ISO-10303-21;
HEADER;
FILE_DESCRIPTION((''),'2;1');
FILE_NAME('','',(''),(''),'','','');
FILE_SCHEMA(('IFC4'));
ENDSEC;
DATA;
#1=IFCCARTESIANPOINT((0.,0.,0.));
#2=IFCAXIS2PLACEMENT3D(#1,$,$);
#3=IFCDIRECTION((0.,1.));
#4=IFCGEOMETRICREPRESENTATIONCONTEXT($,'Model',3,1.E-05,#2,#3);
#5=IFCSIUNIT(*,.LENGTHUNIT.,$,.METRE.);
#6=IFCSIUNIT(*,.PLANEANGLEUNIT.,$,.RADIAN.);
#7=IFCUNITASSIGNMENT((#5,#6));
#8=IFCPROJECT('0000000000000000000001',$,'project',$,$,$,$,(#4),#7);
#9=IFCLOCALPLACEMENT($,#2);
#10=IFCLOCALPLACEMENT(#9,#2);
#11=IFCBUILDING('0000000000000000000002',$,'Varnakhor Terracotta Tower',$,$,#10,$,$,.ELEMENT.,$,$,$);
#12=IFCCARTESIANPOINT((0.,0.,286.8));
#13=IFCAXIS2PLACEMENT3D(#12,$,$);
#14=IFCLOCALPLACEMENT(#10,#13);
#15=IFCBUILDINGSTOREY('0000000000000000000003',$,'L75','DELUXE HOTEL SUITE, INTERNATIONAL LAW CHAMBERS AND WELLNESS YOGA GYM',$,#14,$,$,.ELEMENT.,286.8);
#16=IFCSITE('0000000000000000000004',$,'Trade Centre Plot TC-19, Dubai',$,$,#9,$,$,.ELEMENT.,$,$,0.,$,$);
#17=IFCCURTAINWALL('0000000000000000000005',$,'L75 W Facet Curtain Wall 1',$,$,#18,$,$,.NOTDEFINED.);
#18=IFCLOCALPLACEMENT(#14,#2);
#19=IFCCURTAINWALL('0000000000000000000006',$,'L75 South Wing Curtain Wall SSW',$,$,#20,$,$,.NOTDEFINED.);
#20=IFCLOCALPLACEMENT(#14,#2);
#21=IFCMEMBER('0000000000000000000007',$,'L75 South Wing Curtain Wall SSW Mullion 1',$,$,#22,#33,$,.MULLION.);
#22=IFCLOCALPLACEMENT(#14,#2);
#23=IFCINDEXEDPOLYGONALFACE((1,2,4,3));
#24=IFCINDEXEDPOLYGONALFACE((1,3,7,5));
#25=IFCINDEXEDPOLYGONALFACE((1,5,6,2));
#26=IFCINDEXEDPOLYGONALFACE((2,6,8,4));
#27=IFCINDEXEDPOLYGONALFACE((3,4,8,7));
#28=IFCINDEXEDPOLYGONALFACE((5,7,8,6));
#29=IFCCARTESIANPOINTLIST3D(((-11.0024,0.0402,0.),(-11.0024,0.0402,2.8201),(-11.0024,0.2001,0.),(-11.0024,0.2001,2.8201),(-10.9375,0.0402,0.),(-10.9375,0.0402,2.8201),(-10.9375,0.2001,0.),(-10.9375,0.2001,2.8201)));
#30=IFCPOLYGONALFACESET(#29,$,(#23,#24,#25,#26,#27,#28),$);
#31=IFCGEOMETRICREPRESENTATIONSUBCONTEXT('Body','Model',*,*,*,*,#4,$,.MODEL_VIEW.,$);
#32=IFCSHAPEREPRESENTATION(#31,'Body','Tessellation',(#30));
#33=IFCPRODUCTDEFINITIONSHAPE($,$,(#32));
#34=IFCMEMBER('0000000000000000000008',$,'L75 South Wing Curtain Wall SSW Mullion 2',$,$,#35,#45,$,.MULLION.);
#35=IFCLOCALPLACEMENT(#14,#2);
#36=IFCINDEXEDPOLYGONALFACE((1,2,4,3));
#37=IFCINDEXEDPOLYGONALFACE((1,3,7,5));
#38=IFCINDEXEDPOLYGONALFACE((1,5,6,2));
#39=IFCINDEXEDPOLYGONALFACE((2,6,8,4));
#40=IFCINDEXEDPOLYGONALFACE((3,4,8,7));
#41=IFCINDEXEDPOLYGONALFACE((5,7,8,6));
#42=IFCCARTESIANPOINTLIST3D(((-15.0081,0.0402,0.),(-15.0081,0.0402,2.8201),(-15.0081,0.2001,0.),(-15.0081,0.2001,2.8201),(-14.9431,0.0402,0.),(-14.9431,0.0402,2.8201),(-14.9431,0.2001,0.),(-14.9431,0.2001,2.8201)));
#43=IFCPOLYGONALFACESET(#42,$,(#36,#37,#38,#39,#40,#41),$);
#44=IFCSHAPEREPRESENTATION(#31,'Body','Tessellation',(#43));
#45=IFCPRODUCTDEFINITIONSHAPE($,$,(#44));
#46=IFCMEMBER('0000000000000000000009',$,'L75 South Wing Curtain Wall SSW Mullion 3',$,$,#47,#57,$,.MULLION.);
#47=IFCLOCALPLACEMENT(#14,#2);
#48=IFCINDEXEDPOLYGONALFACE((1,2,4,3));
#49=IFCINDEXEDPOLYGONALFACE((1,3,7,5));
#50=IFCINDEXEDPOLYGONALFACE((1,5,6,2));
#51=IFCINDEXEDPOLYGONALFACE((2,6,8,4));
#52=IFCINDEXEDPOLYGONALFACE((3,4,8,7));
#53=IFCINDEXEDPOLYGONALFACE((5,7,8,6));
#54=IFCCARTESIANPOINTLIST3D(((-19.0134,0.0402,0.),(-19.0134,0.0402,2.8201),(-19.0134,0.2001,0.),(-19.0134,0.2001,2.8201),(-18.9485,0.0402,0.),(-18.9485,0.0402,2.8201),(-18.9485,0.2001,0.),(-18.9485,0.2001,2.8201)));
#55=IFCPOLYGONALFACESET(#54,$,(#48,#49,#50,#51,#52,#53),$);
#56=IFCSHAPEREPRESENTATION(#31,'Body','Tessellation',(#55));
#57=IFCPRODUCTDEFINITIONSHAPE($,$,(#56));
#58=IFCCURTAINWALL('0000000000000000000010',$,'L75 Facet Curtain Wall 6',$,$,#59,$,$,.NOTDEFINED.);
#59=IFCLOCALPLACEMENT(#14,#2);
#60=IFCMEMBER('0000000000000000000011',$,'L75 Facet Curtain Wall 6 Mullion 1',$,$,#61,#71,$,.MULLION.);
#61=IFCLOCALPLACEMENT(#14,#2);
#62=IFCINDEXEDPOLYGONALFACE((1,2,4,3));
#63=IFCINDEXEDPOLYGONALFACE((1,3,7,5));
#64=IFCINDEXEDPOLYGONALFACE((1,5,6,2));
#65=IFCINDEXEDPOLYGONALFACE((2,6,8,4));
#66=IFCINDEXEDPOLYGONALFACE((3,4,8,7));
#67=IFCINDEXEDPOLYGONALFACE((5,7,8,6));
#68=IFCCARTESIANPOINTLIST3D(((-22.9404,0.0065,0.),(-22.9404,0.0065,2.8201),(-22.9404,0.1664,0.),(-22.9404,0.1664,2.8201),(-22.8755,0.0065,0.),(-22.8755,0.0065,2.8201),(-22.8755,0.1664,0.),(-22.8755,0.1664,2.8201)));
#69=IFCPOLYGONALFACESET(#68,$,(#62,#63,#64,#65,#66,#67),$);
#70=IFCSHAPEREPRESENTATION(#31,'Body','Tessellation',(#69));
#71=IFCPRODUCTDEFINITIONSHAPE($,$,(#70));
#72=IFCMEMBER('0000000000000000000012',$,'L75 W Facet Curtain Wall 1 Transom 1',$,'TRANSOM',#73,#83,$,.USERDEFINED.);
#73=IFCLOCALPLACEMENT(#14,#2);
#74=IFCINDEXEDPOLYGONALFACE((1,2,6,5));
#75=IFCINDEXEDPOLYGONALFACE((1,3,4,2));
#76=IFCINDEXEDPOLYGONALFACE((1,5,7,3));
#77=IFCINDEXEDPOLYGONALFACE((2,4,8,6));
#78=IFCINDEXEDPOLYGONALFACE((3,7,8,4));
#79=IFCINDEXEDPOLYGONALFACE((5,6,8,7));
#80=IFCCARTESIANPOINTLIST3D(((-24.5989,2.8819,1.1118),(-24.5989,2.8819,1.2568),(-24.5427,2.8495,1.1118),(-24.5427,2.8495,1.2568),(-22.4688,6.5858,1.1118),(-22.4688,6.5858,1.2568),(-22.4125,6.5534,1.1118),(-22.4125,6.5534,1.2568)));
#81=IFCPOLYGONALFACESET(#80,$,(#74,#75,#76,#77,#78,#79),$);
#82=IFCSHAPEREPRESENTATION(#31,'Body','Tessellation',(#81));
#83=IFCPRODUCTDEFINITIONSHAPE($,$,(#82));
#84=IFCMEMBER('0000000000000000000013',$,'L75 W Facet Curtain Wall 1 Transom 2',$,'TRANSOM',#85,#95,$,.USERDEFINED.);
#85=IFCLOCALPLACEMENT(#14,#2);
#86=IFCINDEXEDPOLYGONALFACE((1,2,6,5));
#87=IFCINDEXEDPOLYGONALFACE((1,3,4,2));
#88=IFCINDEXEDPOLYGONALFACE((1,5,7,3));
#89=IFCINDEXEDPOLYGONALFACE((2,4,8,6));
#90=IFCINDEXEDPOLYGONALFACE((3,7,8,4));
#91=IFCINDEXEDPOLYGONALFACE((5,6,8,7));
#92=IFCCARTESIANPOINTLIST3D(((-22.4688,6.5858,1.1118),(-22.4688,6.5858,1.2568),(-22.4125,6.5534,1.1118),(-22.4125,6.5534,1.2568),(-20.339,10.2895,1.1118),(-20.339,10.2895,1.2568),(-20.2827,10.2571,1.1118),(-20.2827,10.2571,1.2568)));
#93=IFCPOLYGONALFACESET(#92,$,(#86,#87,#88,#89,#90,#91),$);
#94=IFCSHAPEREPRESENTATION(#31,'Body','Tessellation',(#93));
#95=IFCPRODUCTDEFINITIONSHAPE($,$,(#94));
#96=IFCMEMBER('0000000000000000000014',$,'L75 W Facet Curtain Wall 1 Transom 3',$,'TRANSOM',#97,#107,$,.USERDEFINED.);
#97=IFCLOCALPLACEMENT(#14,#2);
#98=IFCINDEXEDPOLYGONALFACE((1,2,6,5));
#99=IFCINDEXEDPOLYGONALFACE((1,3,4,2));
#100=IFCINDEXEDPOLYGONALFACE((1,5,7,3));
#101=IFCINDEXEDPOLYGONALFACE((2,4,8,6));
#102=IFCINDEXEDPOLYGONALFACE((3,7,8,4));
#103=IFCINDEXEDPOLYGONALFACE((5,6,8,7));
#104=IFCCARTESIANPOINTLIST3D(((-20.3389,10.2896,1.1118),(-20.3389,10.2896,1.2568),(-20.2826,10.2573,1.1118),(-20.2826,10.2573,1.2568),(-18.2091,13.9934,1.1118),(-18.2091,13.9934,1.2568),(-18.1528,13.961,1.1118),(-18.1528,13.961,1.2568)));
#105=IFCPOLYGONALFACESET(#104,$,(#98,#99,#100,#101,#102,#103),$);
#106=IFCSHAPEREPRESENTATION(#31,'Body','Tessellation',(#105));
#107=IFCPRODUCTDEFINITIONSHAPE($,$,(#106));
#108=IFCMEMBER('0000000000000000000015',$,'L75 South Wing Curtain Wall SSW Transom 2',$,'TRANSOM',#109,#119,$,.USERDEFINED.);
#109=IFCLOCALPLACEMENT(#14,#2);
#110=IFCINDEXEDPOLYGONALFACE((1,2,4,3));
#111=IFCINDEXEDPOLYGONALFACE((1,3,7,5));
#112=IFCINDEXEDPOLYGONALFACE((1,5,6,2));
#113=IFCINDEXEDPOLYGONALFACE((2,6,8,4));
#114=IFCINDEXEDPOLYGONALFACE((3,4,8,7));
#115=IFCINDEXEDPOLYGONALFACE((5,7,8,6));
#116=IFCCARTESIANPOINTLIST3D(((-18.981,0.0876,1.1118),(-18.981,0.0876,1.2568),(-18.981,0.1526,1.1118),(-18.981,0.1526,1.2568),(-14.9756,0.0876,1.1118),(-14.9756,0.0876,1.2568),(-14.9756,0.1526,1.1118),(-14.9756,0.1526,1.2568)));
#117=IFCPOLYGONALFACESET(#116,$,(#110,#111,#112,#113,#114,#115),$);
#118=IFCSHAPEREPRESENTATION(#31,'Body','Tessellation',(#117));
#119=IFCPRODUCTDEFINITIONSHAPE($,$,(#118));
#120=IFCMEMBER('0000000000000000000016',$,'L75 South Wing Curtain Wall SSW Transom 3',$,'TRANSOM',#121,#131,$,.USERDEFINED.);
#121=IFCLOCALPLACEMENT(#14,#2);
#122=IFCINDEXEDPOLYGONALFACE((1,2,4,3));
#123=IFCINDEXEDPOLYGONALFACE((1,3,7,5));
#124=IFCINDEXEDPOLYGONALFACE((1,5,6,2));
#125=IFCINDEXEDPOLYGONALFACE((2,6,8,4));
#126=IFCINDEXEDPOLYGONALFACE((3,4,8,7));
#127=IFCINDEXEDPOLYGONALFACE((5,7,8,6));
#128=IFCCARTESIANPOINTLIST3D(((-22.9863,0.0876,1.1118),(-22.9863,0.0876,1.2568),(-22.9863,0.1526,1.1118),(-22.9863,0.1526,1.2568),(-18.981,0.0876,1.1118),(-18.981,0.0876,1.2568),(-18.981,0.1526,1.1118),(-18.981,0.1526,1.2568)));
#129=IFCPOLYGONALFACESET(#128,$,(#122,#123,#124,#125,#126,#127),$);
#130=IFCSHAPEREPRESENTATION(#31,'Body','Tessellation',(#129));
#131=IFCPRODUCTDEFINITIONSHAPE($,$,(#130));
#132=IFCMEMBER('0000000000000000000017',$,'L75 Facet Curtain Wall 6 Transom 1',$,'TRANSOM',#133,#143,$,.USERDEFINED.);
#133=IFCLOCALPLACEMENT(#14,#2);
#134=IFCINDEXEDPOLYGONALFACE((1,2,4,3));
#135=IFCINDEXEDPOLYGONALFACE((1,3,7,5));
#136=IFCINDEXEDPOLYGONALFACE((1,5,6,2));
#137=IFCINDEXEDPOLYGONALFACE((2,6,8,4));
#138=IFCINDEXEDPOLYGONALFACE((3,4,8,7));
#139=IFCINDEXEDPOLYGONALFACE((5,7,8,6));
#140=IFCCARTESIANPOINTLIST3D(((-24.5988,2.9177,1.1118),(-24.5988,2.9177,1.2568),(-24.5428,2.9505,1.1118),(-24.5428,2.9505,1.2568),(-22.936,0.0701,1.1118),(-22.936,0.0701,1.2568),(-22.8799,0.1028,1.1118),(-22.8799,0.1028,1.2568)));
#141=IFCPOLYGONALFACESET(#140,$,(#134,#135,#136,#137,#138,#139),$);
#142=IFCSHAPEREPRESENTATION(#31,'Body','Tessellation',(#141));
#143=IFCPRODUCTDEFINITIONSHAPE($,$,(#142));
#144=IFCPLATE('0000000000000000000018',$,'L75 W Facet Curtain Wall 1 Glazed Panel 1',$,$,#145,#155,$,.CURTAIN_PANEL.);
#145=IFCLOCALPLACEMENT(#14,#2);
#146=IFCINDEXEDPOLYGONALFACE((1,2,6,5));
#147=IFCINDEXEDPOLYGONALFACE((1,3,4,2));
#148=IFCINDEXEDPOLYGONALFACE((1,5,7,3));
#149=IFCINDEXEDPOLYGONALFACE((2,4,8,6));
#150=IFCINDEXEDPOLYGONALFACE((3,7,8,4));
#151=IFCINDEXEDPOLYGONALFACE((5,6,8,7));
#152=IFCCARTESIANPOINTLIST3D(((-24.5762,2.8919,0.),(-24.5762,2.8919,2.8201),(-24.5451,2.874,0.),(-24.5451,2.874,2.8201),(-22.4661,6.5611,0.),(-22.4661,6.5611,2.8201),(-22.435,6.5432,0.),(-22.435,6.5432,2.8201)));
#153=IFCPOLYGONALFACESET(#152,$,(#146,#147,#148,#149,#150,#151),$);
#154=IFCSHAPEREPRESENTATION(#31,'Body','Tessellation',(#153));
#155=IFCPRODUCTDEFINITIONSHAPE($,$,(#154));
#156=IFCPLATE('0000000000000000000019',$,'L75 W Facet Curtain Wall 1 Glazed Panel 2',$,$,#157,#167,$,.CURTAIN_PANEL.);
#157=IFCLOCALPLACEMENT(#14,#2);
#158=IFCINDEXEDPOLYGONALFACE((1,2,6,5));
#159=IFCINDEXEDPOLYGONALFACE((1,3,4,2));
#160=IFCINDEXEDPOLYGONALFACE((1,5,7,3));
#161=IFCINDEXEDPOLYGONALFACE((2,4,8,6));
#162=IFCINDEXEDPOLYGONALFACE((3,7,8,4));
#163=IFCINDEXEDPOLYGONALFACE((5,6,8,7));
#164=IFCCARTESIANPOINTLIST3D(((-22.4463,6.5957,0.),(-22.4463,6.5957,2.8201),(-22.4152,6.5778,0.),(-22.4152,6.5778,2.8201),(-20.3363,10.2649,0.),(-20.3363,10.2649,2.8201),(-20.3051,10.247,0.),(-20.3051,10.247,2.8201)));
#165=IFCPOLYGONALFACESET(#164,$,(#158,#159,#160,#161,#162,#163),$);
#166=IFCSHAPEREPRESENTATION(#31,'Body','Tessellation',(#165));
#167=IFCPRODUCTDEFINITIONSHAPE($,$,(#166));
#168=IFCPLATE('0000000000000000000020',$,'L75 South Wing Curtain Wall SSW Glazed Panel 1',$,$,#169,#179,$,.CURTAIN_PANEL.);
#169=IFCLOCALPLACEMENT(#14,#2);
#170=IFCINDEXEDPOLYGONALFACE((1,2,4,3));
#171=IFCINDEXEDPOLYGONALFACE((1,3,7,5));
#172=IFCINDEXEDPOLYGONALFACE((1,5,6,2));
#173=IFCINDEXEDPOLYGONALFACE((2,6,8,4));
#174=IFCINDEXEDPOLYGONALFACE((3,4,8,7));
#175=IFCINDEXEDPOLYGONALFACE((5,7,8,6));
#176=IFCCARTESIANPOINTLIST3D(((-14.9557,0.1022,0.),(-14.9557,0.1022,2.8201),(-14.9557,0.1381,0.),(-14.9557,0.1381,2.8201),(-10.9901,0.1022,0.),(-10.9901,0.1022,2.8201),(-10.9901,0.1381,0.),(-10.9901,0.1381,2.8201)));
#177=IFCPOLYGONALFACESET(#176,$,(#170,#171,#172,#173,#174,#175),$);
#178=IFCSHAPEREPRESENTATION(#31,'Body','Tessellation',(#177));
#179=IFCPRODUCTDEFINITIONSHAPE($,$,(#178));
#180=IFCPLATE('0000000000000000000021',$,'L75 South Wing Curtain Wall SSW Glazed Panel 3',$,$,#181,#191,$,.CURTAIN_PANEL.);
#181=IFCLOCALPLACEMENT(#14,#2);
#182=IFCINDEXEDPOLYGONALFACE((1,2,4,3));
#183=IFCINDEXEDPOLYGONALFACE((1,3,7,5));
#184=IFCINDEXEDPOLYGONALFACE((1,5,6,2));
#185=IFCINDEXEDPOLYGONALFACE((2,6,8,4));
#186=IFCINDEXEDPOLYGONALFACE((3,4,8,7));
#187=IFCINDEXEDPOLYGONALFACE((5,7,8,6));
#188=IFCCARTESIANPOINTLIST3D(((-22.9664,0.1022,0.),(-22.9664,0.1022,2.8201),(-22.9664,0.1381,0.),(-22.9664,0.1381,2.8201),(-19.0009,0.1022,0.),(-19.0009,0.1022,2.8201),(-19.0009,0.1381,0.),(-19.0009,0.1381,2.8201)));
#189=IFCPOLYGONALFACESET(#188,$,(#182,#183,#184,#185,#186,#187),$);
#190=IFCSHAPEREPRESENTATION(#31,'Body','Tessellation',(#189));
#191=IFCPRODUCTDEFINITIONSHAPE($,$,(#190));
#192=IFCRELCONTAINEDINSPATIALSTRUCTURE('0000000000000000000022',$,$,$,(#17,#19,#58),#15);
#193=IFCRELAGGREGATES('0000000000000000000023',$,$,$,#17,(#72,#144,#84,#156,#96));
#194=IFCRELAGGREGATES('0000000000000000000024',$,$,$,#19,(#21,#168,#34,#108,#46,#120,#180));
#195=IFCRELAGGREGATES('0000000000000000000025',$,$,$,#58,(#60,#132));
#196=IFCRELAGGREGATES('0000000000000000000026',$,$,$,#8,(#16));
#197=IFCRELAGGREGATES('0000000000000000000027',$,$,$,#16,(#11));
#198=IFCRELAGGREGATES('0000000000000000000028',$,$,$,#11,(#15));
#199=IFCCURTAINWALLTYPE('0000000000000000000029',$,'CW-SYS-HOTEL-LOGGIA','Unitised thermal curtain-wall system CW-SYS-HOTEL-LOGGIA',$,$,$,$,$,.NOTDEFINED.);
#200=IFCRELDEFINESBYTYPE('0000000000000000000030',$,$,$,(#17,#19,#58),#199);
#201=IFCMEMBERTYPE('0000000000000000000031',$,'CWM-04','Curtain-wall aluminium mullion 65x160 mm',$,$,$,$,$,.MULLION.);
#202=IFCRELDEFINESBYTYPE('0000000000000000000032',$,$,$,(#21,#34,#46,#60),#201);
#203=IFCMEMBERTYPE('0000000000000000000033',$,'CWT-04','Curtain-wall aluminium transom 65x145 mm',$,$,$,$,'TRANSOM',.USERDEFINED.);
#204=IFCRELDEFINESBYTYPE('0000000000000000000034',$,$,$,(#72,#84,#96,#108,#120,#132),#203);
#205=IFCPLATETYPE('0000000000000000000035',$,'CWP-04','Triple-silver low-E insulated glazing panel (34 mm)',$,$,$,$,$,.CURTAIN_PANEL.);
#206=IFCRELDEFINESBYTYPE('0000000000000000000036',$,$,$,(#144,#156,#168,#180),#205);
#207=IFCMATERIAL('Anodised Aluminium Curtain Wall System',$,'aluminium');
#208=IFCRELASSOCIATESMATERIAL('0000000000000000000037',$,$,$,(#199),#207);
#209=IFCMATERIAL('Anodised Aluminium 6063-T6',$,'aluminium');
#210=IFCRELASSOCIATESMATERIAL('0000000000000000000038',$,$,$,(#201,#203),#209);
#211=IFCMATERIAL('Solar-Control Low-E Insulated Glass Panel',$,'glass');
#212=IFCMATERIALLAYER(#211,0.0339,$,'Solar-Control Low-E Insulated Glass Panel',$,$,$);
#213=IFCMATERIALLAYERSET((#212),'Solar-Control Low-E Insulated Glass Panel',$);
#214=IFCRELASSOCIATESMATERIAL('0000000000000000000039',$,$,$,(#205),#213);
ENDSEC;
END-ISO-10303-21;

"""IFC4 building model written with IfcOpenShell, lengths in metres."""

from ifc_helpers import new_model, si_unit, direction, frame, origin, origin_2d, place, context, subcontext, project, spatial, rectangle, extrude, source, transform, mapped, material, layer, layer_set, material_profile, profile_set, type_object, type_shapes, element, aggregate, save


model = new_model("IFC4")

# Units and contexts
model_context = context("Model", 3, precision=1e-05, world=origin(), true_north=direction((0.0, 1.0)))
body_context = subcontext(model_context, "Body", "Model", "MODEL_VIEW")
ifc_project = project(units=[si_unit("LENGTHUNIT", "METRE"), si_unit("PLANEANGLEUNIT", "RADIAN")], contexts=[model_context])

# Site, building, storey
site_placement = place(None, origin())
site = spatial("IfcSite", under=ifc_project, at=site_placement, Name="Trade Centre Plot TC-19, Dubai", CompositionType="ELEMENT", RefElevation=0.0)
building_placement = place(site_placement, origin())
building = spatial("IfcBuilding", under=site, at=building_placement, Name="Varnakhor Terracotta Tower", CompositionType="ELEMENT")
storey_placement = place(building_placement, frame((0.0, 0.0, 286.8)))
storey = spatial("IfcBuildingStorey", under=building, at=storey_placement, Name="L75", Description="DELUXE HOTEL SUITE, INTERNATIONAL LAW CHAMBERS AND WELLNESS YOGA GYM", CompositionType="ELEMENT", Elevation=286.8)

# Curtain walls, members
ifc_material_1 = material(Name="Anodised Aluminium Curtain Wall System", Category="aluminium")
curtain_wall_type = type_object("IfcCurtainWallType", Name="CW-SYS-HOTEL-LOGGIA", Description="Unitised thermal curtain-wall system CW-SYS-HOTEL-LOGGIA", PredefinedType="NOTDEFINED", material=ifc_material_1)
curtain_wall_1_placement = place(storey_placement, origin())
curtain_wall_1 = element("IfcCurtainWall", 1, at=curtain_wall_1_placement, inside=storey, type_object=curtain_wall_type, Name="L75 W Facet Curtain Wall 1", PredefinedType="NOTDEFINED")
ifc_material_2 = material(Name="Anodised Aluminium 6063-T6", Category="aluminium")
ifc_material_profile_1 = material_profile(ifc_material_2, rectangle(XDim=0.0649, YDim=0.1599, at=origin_2d()), Name="ALU MULLION 65x160")
ifc_profile_set_1 = profile_set([ifc_material_profile_1], Name="Anodised Aluminium 6063-T6")
member_type_1 = type_object("IfcMemberType", Name="CWM-04", Description="Curtain-wall aluminium mullion 65x160 mm", PredefinedType="MULLION", material=ifc_profile_set_1)
shared_shape_1 = source(origin(), body_context, "Body", "SweptSolid", [
    extrude(rectangle(XDim=0.0649, YDim=0.1599, at=origin_2d()), origin(), (0.0, 0.0, 1.0), 2.8201),
])
type_shapes(member_type_1, [shared_shape_1])
curtain_wall_2_placement = place(storey_placement, origin())
curtain_wall_2 = element("IfcCurtainWall", 2, at=curtain_wall_2_placement, inside=storey, type_object=curtain_wall_type, Name="L75 South Wing Curtain Wall SSW", PredefinedType="NOTDEFINED")
member_1_placement = place(storey_placement, frame((-10.97, 0.1201, 0.0), z_axis=(0.0, 0.0, 1.0), x_axis=(1.0, 0.0, 0.0)))
member_1 = element("IfcMember", 3, at=member_1_placement, type_object=member_type_1, Name="L75 South Wing Curtain Wall SSW Mullion 1", PredefinedType="MULLION", context=body_context, shape_type="MappedRepresentation", body=[
    mapped(shared_shape_1, transform((0.0, 0.0, 0.0), scale=1.0)),
])
member_2_placement = place(storey_placement, frame((-14.9756, 0.1201, 0.0), z_axis=(0.0, 0.0, 1.0), x_axis=(1.0, 0.0, 0.0)))
member_2 = element("IfcMember", 4, at=member_2_placement, type_object=member_type_1, Name="L75 South Wing Curtain Wall SSW Mullion 2", PredefinedType="MULLION", context=body_context, shape_type="MappedRepresentation", body=[
    mapped(shared_shape_1, transform((0.0, 0.0, 0.0), scale=1.0)),
])
member_3_placement = place(storey_placement, frame((-18.981, 0.1201, 0.0), z_axis=(0.0, 0.0, 1.0), x_axis=(1.0, 0.0, 0.0)))
member_3 = element("IfcMember", 5, at=member_3_placement, type_object=member_type_1, Name="L75 South Wing Curtain Wall SSW Mullion 3", PredefinedType="MULLION", context=body_context, shape_type="MappedRepresentation", body=[
    mapped(shared_shape_1, transform((0.0, 0.0, 0.0), scale=1.0)),
])

# Curtain wall, member
curtain_wall_3_placement = place(storey_placement, origin())
curtain_wall_3 = element("IfcCurtainWall", 6, at=curtain_wall_3_placement, inside=storey, type_object=curtain_wall_type, Name="L75 Facet Curtain Wall 6", PredefinedType="NOTDEFINED")
member_4_placement = place(storey_placement, frame((-22.908, 0.0864, 0.0), z_axis=(0.0, 0.0, 1.0), x_axis=(1.0, 0.0, 0.0)))
member_4 = element("IfcMember", 7, at=member_4_placement, type_object=member_type_1, Name="L75 Facet Curtain Wall 6 Mullion 1", PredefinedType="MULLION", context=body_context, shape_type="MappedRepresentation", body=[
    mapped(shared_shape_1, transform((0.0, 0.0, 0.0), scale=1.0)),
])

# Members
ifc_material_profile_2 = material_profile(ifc_material_2, rectangle(XDim=0.0649, YDim=0.145, at=origin_2d()), Name="ALU TRANSOM 65x145")
ifc_profile_set_2 = profile_set([ifc_material_profile_2], Name="Anodised Aluminium 6063-T6")
member_type_2 = type_object("IfcMemberType", Name="CWT-04", Description="Curtain-wall aluminium transom 65x145 mm", ElementType="TRANSOM", PredefinedType="USERDEFINED", material=ifc_profile_set_2)
shared_shape_2 = source(origin(), body_context, "Body", "SweptSolid", [
    extrude(rectangle(XDim=0.0649, YDim=0.145, at=origin_2d()), origin(), (0.0, 0.0, 1.0), 4.2727),
])
member_5_placement = place(storey_placement, frame((-24.5708, 2.8657, 1.1843), z_axis=(0.498543, 0.866865, 0.0), x_axis=(-0.866865, 0.498543, 0.0)))
member_5 = element("IfcMember", 8, at=member_5_placement, type_object=member_type_2, Name="L75 W Facet Curtain Wall 1 Transom 1", ObjectType="TRANSOM", PredefinedType="USERDEFINED", context=body_context, shape_type="MappedRepresentation", body=[
    mapped(shared_shape_2, transform((0.0, 0.0, 0.0), scale=1.0)),
])
shared_shape_3 = source(origin(), body_context, "Body", "SweptSolid", [
    extrude(rectangle(XDim=0.0649, YDim=0.145, at=origin_2d()), origin(), (0.0, 0.0, 1.0), 4.2725),
])
member_6_placement = place(storey_placement, frame((-22.4407, 6.5696, 1.1843), z_axis=(0.4985, 0.86689, 0.0), x_axis=(-0.86689, 0.4985, 0.0)))
member_6 = element("IfcMember", 9, at=member_6_placement, type_object=member_type_2, Name="L75 W Facet Curtain Wall 1 Transom 2", ObjectType="TRANSOM", PredefinedType="USERDEFINED", context=body_context, shape_type="MappedRepresentation", body=[
    mapped(shared_shape_3, transform((0.0, 0.0, 0.0), scale=1.0)),
])
member_7_placement = place(storey_placement, frame((-20.3108, 10.2734, 1.1843), z_axis=(0.4985, 0.86689, 0.0), x_axis=(-0.86689, 0.4985, 0.0)))
member_7 = element("IfcMember", 10, at=member_7_placement, type_object=member_type_2, Name="L75 W Facet Curtain Wall 1 Transom 3", ObjectType="TRANSOM", PredefinedType="USERDEFINED", context=body_context, shape_type="MappedRepresentation", body=[
    mapped(shared_shape_3, transform((0.0, 0.0, 0.0), scale=1.0)),
])
shared_shape_4 = source(origin(), body_context, "Body", "SweptSolid", [
    extrude(rectangle(XDim=0.0649, YDim=0.145, at=origin_2d()), origin(), (0.0, 0.0, 1.0), 4.0054),
])
member_8_placement = place(storey_placement, frame((-14.9756, 0.1201, 1.1843), z_axis=(-1.0, 0.0, 0.0), x_axis=(0.0, -1.0, 0.0)))
member_8 = element("IfcMember", 11, at=member_8_placement, type_object=member_type_2, Name="L75 South Wing Curtain Wall SSW Transom 2", ObjectType="TRANSOM", PredefinedType="USERDEFINED", context=body_context, shape_type="MappedRepresentation", body=[
    mapped(shared_shape_4, transform((0.0, 0.0, 0.0), scale=1.0)),
])
member_9_placement = place(storey_placement, frame((-18.981, 0.1201, 1.1843), z_axis=(-1.0, 0.0, 0.0), x_axis=(0.0, -1.0, 0.0)))
member_9 = element("IfcMember", 12, at=member_9_placement, type_object=member_type_2, Name="L75 South Wing Curtain Wall SSW Transom 3", ObjectType="TRANSOM", PredefinedType="USERDEFINED", context=body_context, shape_type="MappedRepresentation", body=[
    mapped(shared_shape_4, transform((0.0, 0.0, 0.0), scale=1.0)),
])
shared_shape_5 = source(origin(), body_context, "Body", "SweptSolid", [
    extrude(rectangle(XDim=0.0649, YDim=0.145, at=origin_2d()), origin(), (0.0, 0.0, 1.0), 3.2976),
])
member_10_placement = place(storey_placement, frame((-22.908, 0.0864, 1.1843), z_axis=(-0.504258, 0.863553, 0.0), x_axis=(-0.863553, -0.504258, 0.0)))
member_10 = element("IfcMember", 13, at=member_10_placement, type_object=member_type_2, Name="L75 Facet Curtain Wall 6 Transom 1", ObjectType="TRANSOM", PredefinedType="USERDEFINED", context=body_context, shape_type="MappedRepresentation", body=[
    mapped(shared_shape_5, transform((0.0, 0.0, 0.0), scale=1.0)),
])

# Plates
ifc_material_3 = material(Name="Solar-Control Low-E Insulated Glass Panel", Category="glass")
ifc_layer_1 = layer(ifc_material_3, 0.0339, Name="Solar-Control Low-E Insulated Glass Panel")
ifc_layer_set_1 = layer_set([ifc_layer_1], Name="Solar-Control Low-E Insulated Glass Panel")
plate_type = type_object("IfcPlateType", Name="CWP-04", Description="Triple-silver low-E insulated glazing panel (34 mm)", PredefinedType="CURTAIN_PANEL", material=ifc_layer_set_1)
shared_shape_6 = source(origin(), body_context, "Body", "SweptSolid", [
    extrude(rectangle(XDim=4.2327, YDim=0.0359, at=origin_2d()), origin(), (0.0, 0.0, 1.0), 2.8201),
])
plate_1_placement = place(storey_placement, frame((-23.5056, 4.7175, 0.0), z_axis=(0.0, 0.0, 1.0), x_axis=(0.498518, 0.866879, 0.0)))
plate_1 = element("IfcPlate", 14, at=plate_1_placement, type_object=plate_type, Name="L75 W Facet Curtain Wall 1 Glazed Panel 1", PredefinedType="CURTAIN_PANEL", context=body_context, shape_type="MappedRepresentation", body=[
    mapped(shared_shape_6, transform((0.0, 0.0, 0.0), scale=1.0)),
])
plate_2_placement = place(storey_placement, frame((-21.3757, 8.4214, 0.0), z_axis=(0.0, 0.0, 1.0), x_axis=(0.498518, 0.866879, 0.0)))
plate_2 = element("IfcPlate", 15, at=plate_2_placement, type_object=plate_type, Name="L75 W Facet Curtain Wall 1 Glazed Panel 2", PredefinedType="CURTAIN_PANEL", context=body_context, shape_type="MappedRepresentation", body=[
    mapped(shared_shape_6, transform((0.0, 0.0, 0.0), scale=1.0)),
])
aggregate(curtain_wall_1, [member_5, plate_1, member_6, plate_2, member_7])
shared_shape_7 = source(origin(), body_context, "Body", "SweptSolid", [
    extrude(rectangle(XDim=3.9656, YDim=0.0359, at=origin_2d()), origin(), (0.0, 0.0, 1.0), 2.8201),
])
plate_3_placement = place(storey_placement, frame((-12.9729, 0.1201, 0.0), z_axis=(0.0, 0.0, 1.0), x_axis=(-1.0, 0.0, 0.0)))
plate_3 = element("IfcPlate", 16, at=plate_3_placement, type_object=plate_type, Name="L75 South Wing Curtain Wall SSW Glazed Panel 1", PredefinedType="CURTAIN_PANEL", context=body_context, shape_type="MappedRepresentation", body=[
    mapped(shared_shape_7, transform((0.0, 0.0, 0.0), scale=1.0)),
])
plate_4_placement = place(storey_placement, frame((-20.9836, 0.1201, 0.0), z_axis=(0.0, 0.0, 1.0), x_axis=(-1.0, 0.0, 0.0)))
plate_4 = element("IfcPlate", 17, at=plate_4_placement, type_object=plate_type, Name="L75 South Wing Curtain Wall SSW Glazed Panel 3", PredefinedType="CURTAIN_PANEL", context=body_context, shape_type="MappedRepresentation", body=[
    mapped(shared_shape_7, transform((0.0, 0.0, 0.0), scale=1.0)),
])
aggregate(curtain_wall_2, [member_1, plate_3, member_2, member_8, member_3, member_9, plate_4])
aggregate(curtain_wall_3, [member_4, member_10])

save(model, "model.ifc")
